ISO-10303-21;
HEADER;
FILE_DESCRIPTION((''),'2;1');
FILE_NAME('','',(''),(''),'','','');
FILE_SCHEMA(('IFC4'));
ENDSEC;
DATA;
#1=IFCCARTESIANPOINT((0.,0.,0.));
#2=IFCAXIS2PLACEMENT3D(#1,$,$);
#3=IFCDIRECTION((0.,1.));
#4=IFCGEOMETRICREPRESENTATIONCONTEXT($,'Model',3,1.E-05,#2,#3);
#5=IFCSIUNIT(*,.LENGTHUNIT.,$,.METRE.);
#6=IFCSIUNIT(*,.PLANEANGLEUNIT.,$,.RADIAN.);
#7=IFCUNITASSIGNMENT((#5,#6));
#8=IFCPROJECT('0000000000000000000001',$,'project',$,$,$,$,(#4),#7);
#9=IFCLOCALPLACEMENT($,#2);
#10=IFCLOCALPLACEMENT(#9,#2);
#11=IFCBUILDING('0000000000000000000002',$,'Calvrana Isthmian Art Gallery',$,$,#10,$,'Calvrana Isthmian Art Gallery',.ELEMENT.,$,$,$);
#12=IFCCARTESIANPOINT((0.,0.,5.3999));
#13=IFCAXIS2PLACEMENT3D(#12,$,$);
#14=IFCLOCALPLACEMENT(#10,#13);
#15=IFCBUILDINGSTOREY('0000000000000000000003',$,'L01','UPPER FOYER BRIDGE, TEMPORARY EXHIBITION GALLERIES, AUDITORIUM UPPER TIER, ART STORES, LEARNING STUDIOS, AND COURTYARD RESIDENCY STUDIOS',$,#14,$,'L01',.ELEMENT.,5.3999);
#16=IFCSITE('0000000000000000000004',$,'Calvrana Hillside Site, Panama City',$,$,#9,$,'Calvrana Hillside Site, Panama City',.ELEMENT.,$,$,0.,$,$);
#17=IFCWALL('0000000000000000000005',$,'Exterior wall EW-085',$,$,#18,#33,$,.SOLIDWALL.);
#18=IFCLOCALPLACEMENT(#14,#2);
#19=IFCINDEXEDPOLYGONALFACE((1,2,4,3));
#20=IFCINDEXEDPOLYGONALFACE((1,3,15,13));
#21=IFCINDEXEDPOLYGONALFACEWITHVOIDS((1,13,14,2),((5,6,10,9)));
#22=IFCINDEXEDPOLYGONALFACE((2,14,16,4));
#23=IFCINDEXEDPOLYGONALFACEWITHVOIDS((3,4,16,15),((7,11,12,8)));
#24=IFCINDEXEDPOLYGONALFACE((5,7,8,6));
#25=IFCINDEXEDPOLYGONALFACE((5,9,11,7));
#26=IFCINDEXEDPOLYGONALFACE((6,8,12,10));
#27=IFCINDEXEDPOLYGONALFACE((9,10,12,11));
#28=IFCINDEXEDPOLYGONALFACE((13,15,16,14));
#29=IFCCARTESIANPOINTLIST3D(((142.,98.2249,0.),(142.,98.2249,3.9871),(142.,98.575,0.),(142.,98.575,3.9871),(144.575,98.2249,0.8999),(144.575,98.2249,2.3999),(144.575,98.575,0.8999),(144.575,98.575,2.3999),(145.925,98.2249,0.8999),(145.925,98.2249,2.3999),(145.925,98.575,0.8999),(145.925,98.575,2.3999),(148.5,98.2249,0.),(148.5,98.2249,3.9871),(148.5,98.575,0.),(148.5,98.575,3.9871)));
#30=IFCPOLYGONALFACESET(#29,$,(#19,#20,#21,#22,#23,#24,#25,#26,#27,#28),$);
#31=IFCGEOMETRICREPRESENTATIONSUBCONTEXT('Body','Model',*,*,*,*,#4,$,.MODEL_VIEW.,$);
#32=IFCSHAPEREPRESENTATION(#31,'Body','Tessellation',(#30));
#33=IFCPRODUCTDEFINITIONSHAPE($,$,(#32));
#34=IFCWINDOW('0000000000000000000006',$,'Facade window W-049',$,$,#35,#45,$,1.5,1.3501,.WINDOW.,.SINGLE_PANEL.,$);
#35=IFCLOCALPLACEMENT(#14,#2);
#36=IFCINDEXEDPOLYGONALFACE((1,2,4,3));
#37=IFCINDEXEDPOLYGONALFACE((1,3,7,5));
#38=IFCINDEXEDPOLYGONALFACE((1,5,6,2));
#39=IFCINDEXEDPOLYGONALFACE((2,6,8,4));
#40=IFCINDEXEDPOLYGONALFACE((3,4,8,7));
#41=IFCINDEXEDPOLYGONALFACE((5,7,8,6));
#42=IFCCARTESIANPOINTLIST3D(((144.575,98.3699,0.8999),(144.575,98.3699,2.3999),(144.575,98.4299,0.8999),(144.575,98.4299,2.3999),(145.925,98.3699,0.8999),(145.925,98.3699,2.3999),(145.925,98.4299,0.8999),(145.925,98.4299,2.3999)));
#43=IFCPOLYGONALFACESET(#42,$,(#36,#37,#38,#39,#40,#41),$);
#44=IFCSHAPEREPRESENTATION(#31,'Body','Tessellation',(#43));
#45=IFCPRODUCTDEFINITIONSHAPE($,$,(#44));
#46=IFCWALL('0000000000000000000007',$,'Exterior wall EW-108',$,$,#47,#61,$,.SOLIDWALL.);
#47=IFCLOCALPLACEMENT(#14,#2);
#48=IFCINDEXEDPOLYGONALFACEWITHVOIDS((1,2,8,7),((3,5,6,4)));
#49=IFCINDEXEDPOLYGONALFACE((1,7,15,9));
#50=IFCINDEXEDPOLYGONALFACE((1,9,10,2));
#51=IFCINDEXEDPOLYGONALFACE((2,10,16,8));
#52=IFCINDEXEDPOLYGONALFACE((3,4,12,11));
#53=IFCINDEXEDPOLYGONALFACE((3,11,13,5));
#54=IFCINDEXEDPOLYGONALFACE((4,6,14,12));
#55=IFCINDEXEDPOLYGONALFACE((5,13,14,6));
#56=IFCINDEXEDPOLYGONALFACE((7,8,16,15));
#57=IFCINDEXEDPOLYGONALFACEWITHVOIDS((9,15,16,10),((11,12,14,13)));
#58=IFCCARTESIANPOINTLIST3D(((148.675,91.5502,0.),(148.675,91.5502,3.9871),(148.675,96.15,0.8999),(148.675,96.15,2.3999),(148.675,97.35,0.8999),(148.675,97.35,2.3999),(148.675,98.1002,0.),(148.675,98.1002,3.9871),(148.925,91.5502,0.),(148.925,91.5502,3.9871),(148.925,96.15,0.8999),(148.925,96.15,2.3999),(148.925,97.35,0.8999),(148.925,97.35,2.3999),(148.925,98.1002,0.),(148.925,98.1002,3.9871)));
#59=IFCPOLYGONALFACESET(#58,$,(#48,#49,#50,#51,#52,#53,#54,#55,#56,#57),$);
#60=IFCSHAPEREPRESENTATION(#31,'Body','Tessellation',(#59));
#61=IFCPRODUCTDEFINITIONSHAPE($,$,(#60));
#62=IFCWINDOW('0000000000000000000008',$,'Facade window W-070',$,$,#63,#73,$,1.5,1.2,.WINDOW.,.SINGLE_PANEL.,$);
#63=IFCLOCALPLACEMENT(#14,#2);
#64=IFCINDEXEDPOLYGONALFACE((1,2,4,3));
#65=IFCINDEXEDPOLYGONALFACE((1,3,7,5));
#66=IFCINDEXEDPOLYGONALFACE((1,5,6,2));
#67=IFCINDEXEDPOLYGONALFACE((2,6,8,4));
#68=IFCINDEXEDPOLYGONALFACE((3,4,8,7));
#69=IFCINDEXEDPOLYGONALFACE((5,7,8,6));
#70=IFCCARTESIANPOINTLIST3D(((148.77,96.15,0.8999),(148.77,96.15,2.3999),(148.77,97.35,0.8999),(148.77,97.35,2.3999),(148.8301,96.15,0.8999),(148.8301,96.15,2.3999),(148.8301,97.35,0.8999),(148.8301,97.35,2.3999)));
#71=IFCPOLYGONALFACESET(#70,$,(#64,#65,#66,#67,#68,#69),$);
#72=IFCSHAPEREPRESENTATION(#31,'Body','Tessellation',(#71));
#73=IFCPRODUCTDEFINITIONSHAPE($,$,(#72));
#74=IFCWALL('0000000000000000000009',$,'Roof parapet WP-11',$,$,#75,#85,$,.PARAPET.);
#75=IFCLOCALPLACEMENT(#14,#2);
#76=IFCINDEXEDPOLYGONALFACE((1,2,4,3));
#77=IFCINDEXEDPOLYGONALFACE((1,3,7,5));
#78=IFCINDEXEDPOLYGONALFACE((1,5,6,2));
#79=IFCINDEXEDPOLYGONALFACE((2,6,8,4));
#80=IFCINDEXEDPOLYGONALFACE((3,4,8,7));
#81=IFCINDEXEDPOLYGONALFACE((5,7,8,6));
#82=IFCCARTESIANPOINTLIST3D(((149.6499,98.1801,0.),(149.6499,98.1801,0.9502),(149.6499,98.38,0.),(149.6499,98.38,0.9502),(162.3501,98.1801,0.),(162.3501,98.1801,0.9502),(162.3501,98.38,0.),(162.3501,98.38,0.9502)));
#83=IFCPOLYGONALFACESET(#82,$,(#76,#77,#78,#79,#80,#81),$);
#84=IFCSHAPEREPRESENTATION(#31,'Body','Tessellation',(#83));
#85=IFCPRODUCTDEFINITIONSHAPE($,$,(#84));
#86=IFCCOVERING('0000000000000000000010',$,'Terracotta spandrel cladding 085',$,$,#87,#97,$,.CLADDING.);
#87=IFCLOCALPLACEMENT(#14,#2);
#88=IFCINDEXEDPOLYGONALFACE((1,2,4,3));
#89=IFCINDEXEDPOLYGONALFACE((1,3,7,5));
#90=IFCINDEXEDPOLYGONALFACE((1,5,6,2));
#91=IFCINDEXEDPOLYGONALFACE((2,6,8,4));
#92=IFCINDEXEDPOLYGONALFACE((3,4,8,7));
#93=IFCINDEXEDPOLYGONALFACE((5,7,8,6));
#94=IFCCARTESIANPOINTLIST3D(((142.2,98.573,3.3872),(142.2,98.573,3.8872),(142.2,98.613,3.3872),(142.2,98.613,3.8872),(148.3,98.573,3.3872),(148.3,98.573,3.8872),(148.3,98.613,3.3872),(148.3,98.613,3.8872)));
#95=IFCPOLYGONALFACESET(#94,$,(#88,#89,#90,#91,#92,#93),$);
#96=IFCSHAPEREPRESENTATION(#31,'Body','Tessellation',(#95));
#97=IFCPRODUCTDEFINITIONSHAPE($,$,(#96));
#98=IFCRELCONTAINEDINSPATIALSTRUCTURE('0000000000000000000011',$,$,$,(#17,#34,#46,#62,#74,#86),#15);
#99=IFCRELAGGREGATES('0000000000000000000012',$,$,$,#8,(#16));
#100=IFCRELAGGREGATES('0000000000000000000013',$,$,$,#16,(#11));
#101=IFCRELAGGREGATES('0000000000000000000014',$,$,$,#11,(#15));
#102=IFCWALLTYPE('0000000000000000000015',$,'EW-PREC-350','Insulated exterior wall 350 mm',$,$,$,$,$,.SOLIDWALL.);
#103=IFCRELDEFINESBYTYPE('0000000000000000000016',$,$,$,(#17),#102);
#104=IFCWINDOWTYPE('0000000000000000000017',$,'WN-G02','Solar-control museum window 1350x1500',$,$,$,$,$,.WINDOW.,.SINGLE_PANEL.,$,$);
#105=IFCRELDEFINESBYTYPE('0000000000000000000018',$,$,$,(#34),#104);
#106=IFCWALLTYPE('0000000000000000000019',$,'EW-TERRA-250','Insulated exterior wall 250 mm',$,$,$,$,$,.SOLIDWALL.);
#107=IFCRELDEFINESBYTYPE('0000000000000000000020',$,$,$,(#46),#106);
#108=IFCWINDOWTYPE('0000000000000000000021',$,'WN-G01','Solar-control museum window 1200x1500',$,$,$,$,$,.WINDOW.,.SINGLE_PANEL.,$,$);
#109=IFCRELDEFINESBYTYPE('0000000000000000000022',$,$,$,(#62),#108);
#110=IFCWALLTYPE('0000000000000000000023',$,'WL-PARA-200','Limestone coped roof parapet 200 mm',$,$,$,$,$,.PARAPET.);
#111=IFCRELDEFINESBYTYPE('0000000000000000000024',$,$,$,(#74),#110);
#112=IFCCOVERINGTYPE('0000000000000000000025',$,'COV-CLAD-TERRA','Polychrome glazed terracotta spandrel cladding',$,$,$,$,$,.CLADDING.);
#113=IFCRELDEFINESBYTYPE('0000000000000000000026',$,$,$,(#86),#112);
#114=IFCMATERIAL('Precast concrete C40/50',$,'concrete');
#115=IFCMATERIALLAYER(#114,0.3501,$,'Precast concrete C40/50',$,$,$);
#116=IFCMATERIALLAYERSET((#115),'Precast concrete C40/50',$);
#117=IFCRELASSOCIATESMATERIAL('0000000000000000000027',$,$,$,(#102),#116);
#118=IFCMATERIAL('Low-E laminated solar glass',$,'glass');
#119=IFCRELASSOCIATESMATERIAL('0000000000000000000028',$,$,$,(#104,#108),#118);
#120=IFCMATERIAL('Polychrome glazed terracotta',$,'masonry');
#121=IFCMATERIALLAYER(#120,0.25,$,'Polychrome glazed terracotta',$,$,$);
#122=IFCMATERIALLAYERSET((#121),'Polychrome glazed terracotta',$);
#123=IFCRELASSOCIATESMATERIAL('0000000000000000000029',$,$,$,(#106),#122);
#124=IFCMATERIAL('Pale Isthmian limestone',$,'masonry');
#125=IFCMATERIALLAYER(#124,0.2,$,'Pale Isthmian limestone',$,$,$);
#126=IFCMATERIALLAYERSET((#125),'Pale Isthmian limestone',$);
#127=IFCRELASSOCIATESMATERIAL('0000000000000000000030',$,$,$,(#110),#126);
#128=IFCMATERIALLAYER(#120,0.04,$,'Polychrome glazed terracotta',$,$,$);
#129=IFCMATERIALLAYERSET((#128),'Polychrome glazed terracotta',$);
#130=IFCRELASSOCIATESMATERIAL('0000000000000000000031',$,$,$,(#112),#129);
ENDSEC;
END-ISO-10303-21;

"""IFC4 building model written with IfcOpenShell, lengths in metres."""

from ifc_helpers import new_model, si_unit, direction, frame, frame_2d, origin, origin_2d, place, context, subcontext, project, spatial, rectangle, extrude, material, layer, layer_set, type_object, element, fill, save


model = new_model("IFC4")

# Units and contexts
model_context = context("Model", 3, precision=1e-05, world=origin(), true_north=direction((0.0, 1.0)))
body_context = subcontext(model_context, "Body", "Model", "MODEL_VIEW")
ifc_project = project(units=[si_unit("LENGTHUNIT", "METRE"), si_unit("PLANEANGLEUNIT", "RADIAN")], contexts=[model_context])

# Site, building, storey
site_placement = place(None, origin())
site = spatial("IfcSite", under=ifc_project, at=site_placement, Name="Calvrana Hillside Site, Panama City", LongName="Calvrana Hillside Site, Panama City", CompositionType="ELEMENT", RefElevation=0.0)
building_placement = place(site_placement, origin())
building = spatial("IfcBuilding", under=site, at=building_placement, Name="Calvrana Isthmian Art Gallery", LongName="Calvrana Isthmian Art Gallery", CompositionType="ELEMENT")
storey_placement = place(building_placement, frame((0.0, 0.0, 5.3999)))
storey = spatial("IfcBuildingStorey", under=building, at=storey_placement, Name="L01", Description="UPPER FOYER BRIDGE, TEMPORARY EXHIBITION GALLERIES, AUDITORIUM UPPER TIER, ART STORES, LEARNING STUDIOS, AND COURTYARD RESIDENCY STUDIOS", LongName="L01", CompositionType="ELEMENT", Elevation=5.3999)

# Walls, openings, windows
ifc_material_1 = material(Name="Precast concrete C40/50", Category="concrete")
ifc_layer_1 = layer(ifc_material_1, 0.3501, Name="Precast concrete C40/50")
ifc_layer_set_1 = layer_set([ifc_layer_1], Name="Precast concrete C40/50")
wall_type_1 = type_object("IfcWallType", Name="EW-PREC-350", Description="Insulated exterior wall 350 mm", PredefinedType="SOLIDWALL", material=ifc_layer_set_1)
wall_1_placement = place(storey_placement, frame((142.0, 98.3999, 0.0), z_axis=(0.0, 0.0, 1.0), x_axis=(1.0, 0.0, 0.0)))
wall_1 = element("IfcWall", 1, at=wall_1_placement, inside=storey, type_object=wall_type_1, Name="Exterior wall EW-085", PredefinedType="SOLIDWALL", context=body_context, shape_type="SweptSolid", body=[
    extrude(rectangle(XDim=6.5, YDim=0.3501, at=frame_2d((3.25, 0.0))), origin(), (0.0, 0.0, 1.0), 3.9871),
])
opening_1_placement = place(wall_1_placement, frame((2.575, 0.0, 0.8999)))
opening_1 = element("IfcOpeningElement", 2, at=opening_1_placement, cuts=wall_1, PredefinedType="OPENING", context=body_context, shape_type="SweptSolid", body=[
    extrude(rectangle(XDim=1.3501, YDim=1.5, at=frame_2d((0.675, 0.75))), frame((0.0, 0.1853, 0.0), z_axis=(0.0, -1.0, 0.0), x_axis=(1.0, 0.0, 0.0)), (0.0, 0.0, 1.0), 0.3706),
])
ifc_material_2 = material(Name="Low-E laminated solar glass", Category="glass")
window_type_1 = type_object("IfcWindowType", Name="WN-G02", Description="Solar-control museum window 1350x1500", PartitioningType="SINGLE_PANEL", PredefinedType="WINDOW", material=ifc_material_2)
window_1_placement = place(opening_1_placement, origin())
window_1 = element("IfcWindow", 3, at=window_1_placement, inside=storey, type_object=window_type_1, Name="Facade window W-049", OverallHeight=1.5, OverallWidth=1.3501, PartitioningType="SINGLE_PANEL", PredefinedType="WINDOW", context=body_context, shape_type="SweptSolid", body=[
    extrude(rectangle(XDim=1.3501, YDim=1.5, at=frame_2d((0.675, 0.75))), frame((0.0, 0.03, 0.0), z_axis=(0.0, -1.0, 0.0), x_axis=(1.0, 0.0, 0.0)), (0.0, 0.0, 1.0), 0.0601),
])
fill(opening_1, window_1)
ifc_material_3 = material(Name="Polychrome glazed terracotta", Category="masonry")
ifc_layer_2 = layer(ifc_material_3, 0.25, Name="Polychrome glazed terracotta")
ifc_layer_set_2 = layer_set([ifc_layer_2], Name="Polychrome glazed terracotta")
wall_type_2 = type_object("IfcWallType", Name="EW-TERRA-250", Description="Insulated exterior wall 250 mm", PredefinedType="SOLIDWALL", material=ifc_layer_set_2)
wall_2_placement = place(storey_placement, frame((148.8, 98.1001, 0.0), z_axis=(0.0, 0.0, 1.0), x_axis=(0.0, -1.0, 0.0)))
wall_2 = element("IfcWall", 4, at=wall_2_placement, inside=storey, type_object=wall_type_2, Name="Exterior wall EW-108", PredefinedType="SOLIDWALL", context=body_context, shape_type="SweptSolid", body=[
    extrude(rectangle(XDim=6.55, YDim=0.25, at=frame_2d((3.2749, 0.0))), origin(), (0.0, 0.0, 1.0), 3.9871),
])
opening_2_placement = place(wall_2_placement, frame((0.75, 0.0, 0.8999)))
opening_2 = element("IfcOpeningElement", 5, at=opening_2_placement, cuts=wall_2, PredefinedType="OPENING", context=body_context, shape_type="SweptSolid", body=[
    extrude(rectangle(XDim=1.2, YDim=1.5, at=frame_2d((0.6001, 0.75))), frame((0.0, 0.1353, 0.0), z_axis=(0.0, -1.0, 0.0), x_axis=(1.0, 0.0, 0.0)), (0.0, 0.0, 1.0), 0.2705),
])
window_type_2 = type_object("IfcWindowType", Name="WN-G01", Description="Solar-control museum window 1200x1500", PartitioningType="SINGLE_PANEL", PredefinedType="WINDOW", material=ifc_material_2)
window_2_placement = place(opening_2_placement, origin())
window_2 = element("IfcWindow", 6, at=window_2_placement, inside=storey, type_object=window_type_2, Name="Facade window W-070", OverallHeight=1.5, OverallWidth=1.2, PartitioningType="SINGLE_PANEL", PredefinedType="WINDOW", context=body_context, shape_type="SweptSolid", body=[
    extrude(rectangle(XDim=1.2, YDim=1.5, at=frame_2d((0.6001, 0.75))), frame((0.0, 0.03, 0.0), z_axis=(0.0, -1.0, 0.0), x_axis=(1.0, 0.0, 0.0)), (0.0, 0.0, 1.0), 0.0601),
])
fill(opening_2, window_2)

# Wall
ifc_material_4 = material(Name="Pale Isthmian limestone", Category="masonry")
ifc_layer_3 = layer(ifc_material_4, 0.2, Name="Pale Isthmian limestone")
ifc_layer_set_3 = layer_set([ifc_layer_3], Name="Pale Isthmian limestone")
wall_type_3 = type_object("IfcWallType", Name="WL-PARA-200", Description="Limestone coped roof parapet 200 mm", PredefinedType="PARAPET", material=ifc_layer_set_3)
wall_3_placement = place(storey_placement, frame((149.6499, 98.28, 0.0), z_axis=(0.0, 0.0, 1.0), x_axis=(1.0, 0.0, 0.0)))
element("IfcWall", 7, at=wall_3_placement, inside=storey, type_object=wall_type_3, Name="Roof parapet WP-11", PredefinedType="PARAPET", context=body_context, shape_type="SweptSolid", body=[
    extrude(rectangle(XDim=12.7002, YDim=0.2, at=frame_2d((6.3501, 0.0))), origin(), (0.0, 0.0, 1.0), 0.9502),
])

# Covering
ifc_layer_4 = layer(ifc_material_3, 0.04, Name="Polychrome glazed terracotta")
ifc_layer_set_4 = layer_set([ifc_layer_4], Name="Polychrome glazed terracotta")
covering_type = type_object("IfcCoveringType", Name="COV-CLAD-TERRA", Description="Polychrome glazed terracotta spandrel cladding", PredefinedType="CLADDING", material=ifc_layer_set_4)
covering_placement = place(storey_placement, frame((145.25, 98.593, 3.3872), z_axis=(0.0, 0.0, 1.0), x_axis=(1.0, 0.0, 0.0)))
element("IfcCovering", 8, at=covering_placement, inside=storey, type_object=covering_type, Name="Terracotta spandrel cladding 085", PredefinedType="CLADDING", context=body_context, shape_type="SweptSolid", body=[
    extrude(rectangle(XDim=6.1001, YDim=0.04, at=origin_2d()), origin(), (0.0, 0.0, 1.0), 0.5),
])

save(model, "model.ifc")
